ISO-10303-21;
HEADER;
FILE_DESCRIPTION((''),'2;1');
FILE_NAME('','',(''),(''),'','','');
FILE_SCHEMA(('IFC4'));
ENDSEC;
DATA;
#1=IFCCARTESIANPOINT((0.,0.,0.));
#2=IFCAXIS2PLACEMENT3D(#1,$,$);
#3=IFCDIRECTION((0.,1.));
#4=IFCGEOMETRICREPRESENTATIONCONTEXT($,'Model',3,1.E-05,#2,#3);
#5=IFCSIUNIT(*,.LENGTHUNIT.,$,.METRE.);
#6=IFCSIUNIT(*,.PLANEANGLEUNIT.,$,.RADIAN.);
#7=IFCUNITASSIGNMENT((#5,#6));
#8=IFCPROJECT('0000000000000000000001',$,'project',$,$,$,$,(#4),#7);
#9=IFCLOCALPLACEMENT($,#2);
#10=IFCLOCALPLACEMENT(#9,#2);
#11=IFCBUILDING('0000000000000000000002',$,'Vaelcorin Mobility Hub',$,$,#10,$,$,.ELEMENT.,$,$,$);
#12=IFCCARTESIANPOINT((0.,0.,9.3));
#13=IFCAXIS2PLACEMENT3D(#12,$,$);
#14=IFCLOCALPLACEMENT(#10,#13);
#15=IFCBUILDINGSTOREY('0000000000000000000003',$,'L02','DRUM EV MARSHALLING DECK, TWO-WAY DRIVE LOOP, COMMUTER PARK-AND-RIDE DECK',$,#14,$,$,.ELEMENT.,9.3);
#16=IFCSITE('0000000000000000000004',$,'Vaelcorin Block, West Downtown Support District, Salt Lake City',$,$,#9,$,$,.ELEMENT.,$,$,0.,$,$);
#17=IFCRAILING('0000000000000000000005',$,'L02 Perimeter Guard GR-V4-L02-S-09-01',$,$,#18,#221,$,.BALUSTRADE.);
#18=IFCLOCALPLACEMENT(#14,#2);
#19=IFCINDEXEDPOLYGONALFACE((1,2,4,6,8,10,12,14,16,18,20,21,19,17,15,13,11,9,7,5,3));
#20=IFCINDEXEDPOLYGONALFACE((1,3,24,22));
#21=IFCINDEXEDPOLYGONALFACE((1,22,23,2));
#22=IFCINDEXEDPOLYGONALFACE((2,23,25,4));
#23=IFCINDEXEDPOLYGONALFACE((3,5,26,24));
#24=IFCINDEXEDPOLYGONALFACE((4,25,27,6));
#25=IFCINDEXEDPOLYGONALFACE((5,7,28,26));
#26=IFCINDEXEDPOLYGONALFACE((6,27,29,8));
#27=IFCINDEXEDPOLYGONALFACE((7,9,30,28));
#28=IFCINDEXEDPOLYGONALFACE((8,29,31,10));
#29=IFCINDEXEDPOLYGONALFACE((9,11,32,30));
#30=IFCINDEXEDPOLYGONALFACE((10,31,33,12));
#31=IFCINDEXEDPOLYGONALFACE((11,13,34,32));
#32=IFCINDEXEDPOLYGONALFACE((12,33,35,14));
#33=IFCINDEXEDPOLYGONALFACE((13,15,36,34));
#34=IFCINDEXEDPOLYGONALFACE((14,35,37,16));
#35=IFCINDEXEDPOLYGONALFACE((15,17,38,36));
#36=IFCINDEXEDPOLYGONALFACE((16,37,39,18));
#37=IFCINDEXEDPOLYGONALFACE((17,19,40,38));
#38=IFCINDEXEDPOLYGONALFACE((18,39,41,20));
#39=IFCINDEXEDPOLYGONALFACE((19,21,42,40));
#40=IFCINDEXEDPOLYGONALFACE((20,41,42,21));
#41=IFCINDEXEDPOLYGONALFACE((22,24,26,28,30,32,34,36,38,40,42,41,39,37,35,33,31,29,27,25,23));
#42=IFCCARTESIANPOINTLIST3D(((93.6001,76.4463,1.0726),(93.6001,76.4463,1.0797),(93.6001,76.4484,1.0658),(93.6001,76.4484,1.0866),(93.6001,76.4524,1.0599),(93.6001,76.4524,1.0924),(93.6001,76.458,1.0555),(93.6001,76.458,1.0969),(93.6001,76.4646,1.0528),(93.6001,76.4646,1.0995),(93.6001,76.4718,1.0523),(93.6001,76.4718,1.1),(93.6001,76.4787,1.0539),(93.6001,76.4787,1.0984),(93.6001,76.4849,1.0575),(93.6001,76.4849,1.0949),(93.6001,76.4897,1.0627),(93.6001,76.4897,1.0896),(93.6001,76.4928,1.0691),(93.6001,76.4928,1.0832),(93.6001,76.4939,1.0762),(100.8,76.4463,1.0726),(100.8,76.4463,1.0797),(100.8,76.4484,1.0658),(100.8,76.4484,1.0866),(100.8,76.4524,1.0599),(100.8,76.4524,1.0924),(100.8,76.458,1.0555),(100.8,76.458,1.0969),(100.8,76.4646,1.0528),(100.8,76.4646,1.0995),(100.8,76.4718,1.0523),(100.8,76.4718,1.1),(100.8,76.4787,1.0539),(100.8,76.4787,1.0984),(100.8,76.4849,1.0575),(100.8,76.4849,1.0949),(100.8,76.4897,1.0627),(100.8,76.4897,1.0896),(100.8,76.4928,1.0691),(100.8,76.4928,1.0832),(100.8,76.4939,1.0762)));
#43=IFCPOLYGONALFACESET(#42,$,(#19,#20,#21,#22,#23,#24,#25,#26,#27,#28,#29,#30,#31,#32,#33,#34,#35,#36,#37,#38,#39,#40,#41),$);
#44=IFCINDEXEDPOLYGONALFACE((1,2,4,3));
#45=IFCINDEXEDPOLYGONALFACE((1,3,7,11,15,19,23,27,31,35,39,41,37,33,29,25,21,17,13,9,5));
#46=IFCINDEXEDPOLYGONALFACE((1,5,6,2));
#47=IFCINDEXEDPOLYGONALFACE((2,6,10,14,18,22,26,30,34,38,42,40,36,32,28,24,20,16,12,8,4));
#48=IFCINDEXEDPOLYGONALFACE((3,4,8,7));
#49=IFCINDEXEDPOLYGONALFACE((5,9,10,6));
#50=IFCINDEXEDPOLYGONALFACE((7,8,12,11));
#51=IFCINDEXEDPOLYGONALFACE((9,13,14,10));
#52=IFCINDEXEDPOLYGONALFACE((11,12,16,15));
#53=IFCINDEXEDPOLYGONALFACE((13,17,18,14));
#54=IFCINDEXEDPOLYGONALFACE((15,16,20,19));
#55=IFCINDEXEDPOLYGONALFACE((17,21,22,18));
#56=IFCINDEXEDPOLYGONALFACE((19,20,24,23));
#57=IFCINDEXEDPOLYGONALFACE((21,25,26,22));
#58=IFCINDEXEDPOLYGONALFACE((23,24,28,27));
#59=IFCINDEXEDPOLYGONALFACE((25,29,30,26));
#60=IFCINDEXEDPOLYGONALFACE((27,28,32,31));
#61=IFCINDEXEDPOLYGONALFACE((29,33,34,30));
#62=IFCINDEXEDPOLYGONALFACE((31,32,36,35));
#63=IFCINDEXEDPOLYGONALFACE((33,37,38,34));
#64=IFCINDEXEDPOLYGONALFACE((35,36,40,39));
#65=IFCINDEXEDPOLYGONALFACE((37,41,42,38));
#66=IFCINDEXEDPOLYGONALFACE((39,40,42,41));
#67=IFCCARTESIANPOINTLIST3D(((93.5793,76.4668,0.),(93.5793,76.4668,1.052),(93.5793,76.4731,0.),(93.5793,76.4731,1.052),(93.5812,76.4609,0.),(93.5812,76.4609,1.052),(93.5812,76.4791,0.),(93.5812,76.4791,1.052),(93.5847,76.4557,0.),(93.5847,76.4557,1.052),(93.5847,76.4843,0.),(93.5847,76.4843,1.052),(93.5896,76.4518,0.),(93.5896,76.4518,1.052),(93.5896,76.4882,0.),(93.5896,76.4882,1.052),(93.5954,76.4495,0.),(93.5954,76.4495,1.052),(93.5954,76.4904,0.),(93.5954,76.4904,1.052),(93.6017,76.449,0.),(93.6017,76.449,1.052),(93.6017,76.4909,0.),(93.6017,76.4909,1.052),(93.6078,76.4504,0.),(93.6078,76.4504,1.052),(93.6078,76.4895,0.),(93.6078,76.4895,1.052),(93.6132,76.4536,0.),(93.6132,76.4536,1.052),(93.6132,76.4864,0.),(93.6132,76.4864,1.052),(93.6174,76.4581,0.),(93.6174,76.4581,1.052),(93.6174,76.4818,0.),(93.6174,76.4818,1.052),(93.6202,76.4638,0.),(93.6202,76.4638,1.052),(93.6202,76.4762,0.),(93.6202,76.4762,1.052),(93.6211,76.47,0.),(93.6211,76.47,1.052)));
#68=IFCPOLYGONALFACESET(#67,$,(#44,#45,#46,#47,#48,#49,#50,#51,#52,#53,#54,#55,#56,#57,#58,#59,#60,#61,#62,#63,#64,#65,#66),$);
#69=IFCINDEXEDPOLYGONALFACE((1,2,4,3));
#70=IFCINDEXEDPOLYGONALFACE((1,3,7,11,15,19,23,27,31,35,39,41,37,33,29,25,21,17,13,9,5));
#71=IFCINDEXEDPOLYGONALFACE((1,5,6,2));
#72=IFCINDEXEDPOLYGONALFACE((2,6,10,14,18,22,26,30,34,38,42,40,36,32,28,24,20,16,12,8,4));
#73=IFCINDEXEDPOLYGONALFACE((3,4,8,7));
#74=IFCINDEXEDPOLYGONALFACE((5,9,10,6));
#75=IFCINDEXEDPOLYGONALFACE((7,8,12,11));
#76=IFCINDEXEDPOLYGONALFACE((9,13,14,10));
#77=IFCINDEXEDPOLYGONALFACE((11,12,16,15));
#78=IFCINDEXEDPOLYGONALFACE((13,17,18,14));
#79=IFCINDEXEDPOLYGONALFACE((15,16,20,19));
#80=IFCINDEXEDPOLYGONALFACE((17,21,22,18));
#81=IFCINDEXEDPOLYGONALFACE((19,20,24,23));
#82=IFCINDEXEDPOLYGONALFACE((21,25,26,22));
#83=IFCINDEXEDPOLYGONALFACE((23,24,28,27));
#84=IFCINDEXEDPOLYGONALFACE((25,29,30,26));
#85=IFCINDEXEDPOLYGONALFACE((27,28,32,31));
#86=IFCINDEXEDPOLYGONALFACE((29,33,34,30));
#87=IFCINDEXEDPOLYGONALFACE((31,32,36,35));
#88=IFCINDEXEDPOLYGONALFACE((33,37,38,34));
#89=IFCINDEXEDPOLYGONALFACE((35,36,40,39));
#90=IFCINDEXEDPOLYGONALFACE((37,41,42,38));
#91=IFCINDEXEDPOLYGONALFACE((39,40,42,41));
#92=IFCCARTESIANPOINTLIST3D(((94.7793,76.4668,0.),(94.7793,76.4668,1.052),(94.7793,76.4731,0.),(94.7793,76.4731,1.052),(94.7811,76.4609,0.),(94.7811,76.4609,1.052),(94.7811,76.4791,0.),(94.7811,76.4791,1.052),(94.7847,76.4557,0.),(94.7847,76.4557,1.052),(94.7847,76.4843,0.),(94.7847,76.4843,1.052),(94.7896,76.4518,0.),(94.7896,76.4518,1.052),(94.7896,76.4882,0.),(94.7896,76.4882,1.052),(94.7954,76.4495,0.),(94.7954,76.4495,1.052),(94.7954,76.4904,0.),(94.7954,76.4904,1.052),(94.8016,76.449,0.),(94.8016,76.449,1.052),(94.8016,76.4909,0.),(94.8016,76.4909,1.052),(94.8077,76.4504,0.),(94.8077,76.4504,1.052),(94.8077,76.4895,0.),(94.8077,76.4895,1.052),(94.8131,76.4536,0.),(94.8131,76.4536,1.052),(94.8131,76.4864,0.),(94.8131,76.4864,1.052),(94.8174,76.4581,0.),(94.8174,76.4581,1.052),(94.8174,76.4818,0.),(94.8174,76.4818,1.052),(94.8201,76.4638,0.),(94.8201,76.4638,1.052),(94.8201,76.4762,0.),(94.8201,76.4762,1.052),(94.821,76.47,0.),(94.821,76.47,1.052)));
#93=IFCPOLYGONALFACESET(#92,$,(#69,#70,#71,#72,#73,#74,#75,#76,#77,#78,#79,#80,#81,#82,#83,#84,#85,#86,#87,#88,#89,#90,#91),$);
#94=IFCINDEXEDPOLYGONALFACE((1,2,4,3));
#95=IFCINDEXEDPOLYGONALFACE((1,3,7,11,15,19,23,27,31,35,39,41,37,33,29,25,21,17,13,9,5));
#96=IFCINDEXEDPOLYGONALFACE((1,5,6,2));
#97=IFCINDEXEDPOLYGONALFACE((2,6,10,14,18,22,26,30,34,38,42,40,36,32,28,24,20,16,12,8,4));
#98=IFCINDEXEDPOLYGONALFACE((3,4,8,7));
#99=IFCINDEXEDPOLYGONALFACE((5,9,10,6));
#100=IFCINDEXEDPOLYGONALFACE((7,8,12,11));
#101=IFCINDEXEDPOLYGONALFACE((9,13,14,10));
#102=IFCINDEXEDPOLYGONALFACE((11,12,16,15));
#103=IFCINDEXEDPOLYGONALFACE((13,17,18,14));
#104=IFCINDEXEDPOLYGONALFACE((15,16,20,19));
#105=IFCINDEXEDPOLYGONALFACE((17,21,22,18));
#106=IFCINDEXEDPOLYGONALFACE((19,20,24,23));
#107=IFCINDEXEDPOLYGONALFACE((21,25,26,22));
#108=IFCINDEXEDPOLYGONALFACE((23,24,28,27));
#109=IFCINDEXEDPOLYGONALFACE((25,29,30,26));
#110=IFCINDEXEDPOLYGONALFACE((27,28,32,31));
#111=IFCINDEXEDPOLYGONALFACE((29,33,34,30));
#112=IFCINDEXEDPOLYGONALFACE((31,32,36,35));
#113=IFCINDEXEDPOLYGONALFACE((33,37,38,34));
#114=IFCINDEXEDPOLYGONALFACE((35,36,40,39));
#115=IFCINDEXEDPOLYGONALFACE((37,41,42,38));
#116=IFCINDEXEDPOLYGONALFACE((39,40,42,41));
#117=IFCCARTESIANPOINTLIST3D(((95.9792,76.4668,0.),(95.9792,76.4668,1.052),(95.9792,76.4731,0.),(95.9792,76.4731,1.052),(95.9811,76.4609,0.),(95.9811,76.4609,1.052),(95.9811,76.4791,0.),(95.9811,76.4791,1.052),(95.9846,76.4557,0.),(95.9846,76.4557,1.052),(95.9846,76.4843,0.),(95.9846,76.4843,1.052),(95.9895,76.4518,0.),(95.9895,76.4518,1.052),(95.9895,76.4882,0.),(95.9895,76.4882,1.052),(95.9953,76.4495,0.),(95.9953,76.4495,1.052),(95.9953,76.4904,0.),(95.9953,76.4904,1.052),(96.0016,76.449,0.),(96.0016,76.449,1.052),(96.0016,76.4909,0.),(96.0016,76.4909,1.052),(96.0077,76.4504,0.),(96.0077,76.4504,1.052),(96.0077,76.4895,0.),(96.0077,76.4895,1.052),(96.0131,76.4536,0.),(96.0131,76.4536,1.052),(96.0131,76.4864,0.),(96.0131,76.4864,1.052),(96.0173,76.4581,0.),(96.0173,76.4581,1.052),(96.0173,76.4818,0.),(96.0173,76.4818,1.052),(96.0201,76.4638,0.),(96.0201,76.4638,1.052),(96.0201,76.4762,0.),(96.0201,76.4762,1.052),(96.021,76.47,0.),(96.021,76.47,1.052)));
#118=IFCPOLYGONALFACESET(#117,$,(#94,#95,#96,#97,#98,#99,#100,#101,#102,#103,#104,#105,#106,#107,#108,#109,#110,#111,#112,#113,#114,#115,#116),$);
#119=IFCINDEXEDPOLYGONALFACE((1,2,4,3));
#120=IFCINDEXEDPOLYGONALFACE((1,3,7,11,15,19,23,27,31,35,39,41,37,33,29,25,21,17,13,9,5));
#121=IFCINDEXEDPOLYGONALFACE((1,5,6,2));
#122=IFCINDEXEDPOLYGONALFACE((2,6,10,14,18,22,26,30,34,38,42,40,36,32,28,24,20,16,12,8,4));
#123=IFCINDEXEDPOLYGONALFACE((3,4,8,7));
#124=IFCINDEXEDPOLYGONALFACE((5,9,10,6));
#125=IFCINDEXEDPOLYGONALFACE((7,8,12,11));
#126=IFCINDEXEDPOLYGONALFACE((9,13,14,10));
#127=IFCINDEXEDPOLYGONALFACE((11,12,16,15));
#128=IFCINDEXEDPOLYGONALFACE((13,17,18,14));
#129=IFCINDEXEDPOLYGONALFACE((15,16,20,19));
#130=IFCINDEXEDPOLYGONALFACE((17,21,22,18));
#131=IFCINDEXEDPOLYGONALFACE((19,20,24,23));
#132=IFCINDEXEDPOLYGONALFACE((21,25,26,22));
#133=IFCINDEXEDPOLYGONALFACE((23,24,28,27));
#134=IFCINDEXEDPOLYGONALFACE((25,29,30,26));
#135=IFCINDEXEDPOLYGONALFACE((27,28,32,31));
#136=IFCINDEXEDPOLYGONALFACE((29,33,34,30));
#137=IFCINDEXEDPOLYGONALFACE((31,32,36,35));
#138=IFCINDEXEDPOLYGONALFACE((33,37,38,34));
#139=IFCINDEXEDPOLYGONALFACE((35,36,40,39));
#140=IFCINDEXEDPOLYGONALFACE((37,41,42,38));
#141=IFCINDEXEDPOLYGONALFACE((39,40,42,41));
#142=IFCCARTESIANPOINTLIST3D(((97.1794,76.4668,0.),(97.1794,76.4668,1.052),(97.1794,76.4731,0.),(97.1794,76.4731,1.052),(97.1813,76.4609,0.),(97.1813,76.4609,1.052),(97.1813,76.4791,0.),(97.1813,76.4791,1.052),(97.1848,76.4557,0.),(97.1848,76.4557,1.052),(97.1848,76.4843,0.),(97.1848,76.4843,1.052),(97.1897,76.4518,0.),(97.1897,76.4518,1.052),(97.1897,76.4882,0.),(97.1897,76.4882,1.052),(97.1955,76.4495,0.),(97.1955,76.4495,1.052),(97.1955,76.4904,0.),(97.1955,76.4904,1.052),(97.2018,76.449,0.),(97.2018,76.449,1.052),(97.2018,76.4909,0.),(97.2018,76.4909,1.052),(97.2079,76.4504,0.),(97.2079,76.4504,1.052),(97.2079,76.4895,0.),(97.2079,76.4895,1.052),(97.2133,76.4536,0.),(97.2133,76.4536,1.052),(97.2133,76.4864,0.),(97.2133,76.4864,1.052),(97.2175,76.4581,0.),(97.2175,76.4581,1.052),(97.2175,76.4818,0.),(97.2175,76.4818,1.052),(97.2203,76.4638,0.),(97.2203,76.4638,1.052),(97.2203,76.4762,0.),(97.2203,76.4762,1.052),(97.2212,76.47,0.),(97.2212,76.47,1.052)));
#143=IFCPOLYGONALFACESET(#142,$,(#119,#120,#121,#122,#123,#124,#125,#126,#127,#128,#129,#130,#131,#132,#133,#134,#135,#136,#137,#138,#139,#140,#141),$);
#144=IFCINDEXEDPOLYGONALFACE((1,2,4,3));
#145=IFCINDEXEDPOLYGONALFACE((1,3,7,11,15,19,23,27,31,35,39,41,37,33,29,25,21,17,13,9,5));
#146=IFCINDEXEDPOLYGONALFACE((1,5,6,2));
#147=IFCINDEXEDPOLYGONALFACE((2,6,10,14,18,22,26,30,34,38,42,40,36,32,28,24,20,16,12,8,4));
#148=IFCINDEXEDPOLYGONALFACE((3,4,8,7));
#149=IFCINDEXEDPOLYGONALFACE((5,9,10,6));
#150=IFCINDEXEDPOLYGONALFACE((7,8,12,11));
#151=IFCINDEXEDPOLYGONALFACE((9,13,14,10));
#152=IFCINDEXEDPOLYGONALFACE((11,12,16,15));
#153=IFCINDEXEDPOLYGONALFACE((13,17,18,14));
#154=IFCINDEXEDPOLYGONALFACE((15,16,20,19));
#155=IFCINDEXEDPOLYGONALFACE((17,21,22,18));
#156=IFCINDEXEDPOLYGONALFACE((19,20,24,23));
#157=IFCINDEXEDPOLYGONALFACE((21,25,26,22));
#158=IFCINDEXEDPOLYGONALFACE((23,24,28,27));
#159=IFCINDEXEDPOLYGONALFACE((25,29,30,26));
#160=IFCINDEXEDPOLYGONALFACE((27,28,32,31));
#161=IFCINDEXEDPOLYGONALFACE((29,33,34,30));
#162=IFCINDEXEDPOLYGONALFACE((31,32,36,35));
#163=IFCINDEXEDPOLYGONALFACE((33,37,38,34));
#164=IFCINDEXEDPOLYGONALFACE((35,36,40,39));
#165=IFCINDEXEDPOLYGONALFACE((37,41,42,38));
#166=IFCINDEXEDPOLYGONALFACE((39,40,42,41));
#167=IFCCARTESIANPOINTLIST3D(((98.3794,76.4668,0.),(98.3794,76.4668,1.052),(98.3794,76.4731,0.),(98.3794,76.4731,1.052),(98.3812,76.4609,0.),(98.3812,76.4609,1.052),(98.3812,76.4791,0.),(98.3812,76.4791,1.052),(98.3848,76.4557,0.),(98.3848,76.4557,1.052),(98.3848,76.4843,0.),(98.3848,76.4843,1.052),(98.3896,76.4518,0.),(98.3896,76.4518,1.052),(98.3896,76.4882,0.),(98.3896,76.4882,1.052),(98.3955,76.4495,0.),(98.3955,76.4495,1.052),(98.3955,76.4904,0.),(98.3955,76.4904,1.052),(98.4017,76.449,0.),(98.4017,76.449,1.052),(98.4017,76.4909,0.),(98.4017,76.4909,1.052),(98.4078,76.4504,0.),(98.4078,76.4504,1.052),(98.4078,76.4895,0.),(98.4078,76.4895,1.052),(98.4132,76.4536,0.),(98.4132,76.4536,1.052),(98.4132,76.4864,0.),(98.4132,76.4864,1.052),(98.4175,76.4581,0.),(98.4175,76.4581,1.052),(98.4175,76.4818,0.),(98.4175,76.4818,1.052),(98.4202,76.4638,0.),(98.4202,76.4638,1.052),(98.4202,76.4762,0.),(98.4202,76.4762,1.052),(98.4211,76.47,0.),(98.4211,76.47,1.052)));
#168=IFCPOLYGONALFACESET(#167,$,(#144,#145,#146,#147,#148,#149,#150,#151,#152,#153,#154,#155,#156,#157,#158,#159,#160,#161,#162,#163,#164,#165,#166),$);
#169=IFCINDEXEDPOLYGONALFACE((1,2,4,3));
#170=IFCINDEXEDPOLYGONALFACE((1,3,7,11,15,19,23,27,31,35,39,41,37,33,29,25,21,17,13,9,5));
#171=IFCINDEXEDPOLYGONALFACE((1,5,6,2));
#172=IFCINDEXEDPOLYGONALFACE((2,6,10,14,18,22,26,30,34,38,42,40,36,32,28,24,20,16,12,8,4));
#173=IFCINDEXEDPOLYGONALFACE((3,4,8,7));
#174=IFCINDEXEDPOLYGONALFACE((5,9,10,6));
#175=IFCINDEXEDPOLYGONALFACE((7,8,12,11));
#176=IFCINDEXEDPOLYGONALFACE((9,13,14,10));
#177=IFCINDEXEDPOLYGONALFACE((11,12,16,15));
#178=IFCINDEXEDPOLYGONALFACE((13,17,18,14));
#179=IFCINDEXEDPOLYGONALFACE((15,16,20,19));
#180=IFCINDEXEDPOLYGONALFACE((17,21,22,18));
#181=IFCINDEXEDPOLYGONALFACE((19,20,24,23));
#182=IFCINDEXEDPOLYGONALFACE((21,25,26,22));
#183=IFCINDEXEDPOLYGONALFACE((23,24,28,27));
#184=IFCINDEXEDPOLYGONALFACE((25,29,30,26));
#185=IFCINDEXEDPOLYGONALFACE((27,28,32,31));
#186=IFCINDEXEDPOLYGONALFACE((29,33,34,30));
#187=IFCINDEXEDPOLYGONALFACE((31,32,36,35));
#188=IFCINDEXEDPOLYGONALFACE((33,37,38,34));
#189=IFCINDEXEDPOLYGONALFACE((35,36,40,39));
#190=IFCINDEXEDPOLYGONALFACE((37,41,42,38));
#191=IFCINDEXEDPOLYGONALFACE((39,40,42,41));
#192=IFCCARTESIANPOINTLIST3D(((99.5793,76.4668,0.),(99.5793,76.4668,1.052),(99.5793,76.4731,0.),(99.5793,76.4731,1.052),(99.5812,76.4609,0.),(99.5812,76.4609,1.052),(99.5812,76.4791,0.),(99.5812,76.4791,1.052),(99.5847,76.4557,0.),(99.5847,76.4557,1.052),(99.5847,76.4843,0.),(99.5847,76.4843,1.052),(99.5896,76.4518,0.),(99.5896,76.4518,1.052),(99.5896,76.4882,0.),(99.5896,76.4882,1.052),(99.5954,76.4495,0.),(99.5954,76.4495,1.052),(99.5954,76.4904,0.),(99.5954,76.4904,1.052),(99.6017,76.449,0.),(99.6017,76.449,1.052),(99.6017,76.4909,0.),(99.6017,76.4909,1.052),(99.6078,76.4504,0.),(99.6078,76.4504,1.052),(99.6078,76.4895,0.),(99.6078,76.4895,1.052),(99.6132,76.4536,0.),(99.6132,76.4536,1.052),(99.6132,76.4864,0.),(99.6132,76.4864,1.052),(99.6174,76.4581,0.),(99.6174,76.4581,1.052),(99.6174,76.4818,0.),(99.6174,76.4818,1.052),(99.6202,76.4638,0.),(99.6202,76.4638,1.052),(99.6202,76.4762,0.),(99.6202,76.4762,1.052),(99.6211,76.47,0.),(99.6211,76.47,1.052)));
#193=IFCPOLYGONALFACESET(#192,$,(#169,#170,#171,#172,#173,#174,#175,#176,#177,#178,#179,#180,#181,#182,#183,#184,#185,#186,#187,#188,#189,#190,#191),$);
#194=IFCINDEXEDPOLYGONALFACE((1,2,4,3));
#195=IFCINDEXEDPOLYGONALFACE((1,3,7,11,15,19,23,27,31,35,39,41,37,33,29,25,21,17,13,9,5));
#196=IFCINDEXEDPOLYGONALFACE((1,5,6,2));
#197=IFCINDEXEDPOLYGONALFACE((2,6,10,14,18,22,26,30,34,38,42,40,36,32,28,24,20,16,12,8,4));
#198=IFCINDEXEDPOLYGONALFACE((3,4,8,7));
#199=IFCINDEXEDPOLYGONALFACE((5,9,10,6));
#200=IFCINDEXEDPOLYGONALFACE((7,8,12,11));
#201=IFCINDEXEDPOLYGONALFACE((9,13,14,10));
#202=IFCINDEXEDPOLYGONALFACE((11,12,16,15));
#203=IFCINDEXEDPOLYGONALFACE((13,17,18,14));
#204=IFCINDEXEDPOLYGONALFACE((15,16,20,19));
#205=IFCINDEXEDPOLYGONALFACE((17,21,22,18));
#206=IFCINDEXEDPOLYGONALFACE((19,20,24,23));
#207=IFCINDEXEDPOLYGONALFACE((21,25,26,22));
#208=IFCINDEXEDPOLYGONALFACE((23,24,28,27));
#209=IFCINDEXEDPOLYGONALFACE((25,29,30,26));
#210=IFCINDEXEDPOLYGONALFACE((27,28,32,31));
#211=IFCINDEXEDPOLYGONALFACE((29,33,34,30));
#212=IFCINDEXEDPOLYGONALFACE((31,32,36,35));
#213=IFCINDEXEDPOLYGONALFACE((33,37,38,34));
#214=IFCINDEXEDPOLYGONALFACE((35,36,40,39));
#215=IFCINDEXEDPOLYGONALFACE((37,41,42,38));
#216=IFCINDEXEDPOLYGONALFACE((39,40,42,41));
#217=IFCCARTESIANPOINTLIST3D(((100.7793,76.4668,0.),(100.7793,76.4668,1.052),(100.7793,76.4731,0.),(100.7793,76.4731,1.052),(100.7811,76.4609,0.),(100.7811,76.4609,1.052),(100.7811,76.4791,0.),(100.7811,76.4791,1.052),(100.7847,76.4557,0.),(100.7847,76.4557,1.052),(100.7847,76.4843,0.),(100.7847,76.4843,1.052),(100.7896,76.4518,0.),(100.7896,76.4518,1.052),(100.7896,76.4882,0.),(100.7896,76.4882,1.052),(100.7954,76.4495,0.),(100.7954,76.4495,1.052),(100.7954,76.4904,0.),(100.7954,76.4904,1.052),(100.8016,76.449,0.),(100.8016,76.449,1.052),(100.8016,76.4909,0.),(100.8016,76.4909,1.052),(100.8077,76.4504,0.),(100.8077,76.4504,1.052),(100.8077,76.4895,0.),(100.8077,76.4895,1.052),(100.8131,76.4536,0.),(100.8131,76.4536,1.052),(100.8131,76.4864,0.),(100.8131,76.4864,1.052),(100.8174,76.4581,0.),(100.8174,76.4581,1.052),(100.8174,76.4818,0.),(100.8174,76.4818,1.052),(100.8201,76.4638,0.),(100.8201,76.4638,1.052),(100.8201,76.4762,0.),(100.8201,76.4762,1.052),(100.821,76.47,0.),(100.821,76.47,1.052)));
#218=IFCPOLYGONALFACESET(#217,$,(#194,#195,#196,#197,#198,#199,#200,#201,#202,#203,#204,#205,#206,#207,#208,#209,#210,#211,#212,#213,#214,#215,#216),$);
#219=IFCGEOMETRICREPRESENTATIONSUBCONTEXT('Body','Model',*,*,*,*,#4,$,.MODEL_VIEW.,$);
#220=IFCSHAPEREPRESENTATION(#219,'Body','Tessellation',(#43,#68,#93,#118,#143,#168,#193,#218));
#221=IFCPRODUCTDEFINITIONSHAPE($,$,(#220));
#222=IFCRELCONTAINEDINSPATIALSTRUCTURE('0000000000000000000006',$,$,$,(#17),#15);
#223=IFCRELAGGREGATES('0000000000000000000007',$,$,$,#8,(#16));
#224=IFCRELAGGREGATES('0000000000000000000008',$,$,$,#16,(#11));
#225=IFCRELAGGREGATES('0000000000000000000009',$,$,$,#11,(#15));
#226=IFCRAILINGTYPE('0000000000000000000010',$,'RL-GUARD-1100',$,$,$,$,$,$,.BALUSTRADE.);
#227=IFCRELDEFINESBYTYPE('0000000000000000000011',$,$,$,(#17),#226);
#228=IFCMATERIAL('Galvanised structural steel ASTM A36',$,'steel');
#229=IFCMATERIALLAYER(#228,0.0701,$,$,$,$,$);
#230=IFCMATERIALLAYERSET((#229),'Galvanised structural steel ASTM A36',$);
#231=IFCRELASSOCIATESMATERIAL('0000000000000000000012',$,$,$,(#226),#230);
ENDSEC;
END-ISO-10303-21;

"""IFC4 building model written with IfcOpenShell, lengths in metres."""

from ifc_helpers import new_model, si_unit, direction, frame, origin, origin_2d, place, context, subcontext, project, spatial, circle, extrude, material, layer, layer_set, type_object, element, save


model = new_model("IFC4")

# Units and contexts
model_context = context("Model", 3, precision=1e-05, world=origin(), true_north=direction((0.0, 1.0)))
body_context = subcontext(model_context, "Body", "Model", "MODEL_VIEW")
ifc_project = project(units=[si_unit("LENGTHUNIT", "METRE"), si_unit("PLANEANGLEUNIT", "RADIAN")], contexts=[model_context])

# Site, building, storey
site_placement = place(None, origin())
site = spatial("IfcSite", under=ifc_project, at=site_placement, Name="Vaelcorin Block, West Downtown Support District, Salt Lake City", CompositionType="ELEMENT", RefElevation=0.0)
building_placement = place(site_placement, origin())
building = spatial("IfcBuilding", under=site, at=building_placement, Name="Vaelcorin Mobility Hub", CompositionType="ELEMENT")
storey_placement = place(building_placement, frame((0.0, 0.0, 9.3)))
storey = spatial("IfcBuildingStorey", under=building, at=storey_placement, Name="L02", Description="DRUM EV MARSHALLING DECK, TWO-WAY DRIVE LOOP, COMMUTER PARK-AND-RIDE DECK", CompositionType="ELEMENT", Elevation=9.3)

# Railing
ifc_material_1 = material(Name="Galvanised structural steel ASTM A36", Category="steel")
ifc_layer_1 = layer(ifc_material_1, 0.0701)
ifc_layer_set_1 = layer_set([ifc_layer_1], Name="Galvanised structural steel ASTM A36")
railing_type = type_object("IfcRailingType", Name="RL-GUARD-1100", PredefinedType="BALUSTRADE", material=ifc_layer_set_1)
railing_placement = place(storey_placement, frame((93.6001, 76.47, 0.0)))
element("IfcRailing", 1, at=railing_placement, inside=storey, type_object=railing_type, Name="L02 Perimeter Guard GR-V4-L02-S-09-01", PredefinedType="BALUSTRADE", context=body_context, shape_type="SweptSolid", body=[
    extrude(circle(Radius=0.0239, at=origin_2d()), frame((0.0, 0.0, 1.0762), z_axis=(1.0, 0.0, 0.0), x_axis=(0.0, 1.0, 0.0)), (0.0, 0.0, 1.0), 7.2),
    extrude(circle(Radius=0.021, at=origin_2d()), origin(), (0.0, 0.0, 1.0), 1.052),
    extrude(circle(Radius=0.021, at=origin_2d()), frame((1.2, 0.0, 0.0)), (0.0, 0.0, 1.0), 1.052),
    extrude(circle(Radius=0.021, at=origin_2d()), frame((2.3999, 0.0, 0.0)), (0.0, 0.0, 1.0), 1.052),
    extrude(circle(Radius=0.021, at=origin_2d()), frame((3.6001, 0.0, 0.0)), (0.0, 0.0, 1.0), 1.052),
    extrude(circle(Radius=0.021, at=origin_2d()), frame((4.8, 0.0, 0.0)), (0.0, 0.0, 1.0), 1.052),
    extrude(circle(Radius=0.021, at=origin_2d()), frame((6.0, 0.0, 0.0)), (0.0, 0.0, 1.0), 1.052),
    extrude(circle(Radius=0.021, at=origin_2d()), frame((7.2, 0.0, 0.0)), (0.0, 0.0, 1.0), 1.052),
])

save(model, "model.ifc")
